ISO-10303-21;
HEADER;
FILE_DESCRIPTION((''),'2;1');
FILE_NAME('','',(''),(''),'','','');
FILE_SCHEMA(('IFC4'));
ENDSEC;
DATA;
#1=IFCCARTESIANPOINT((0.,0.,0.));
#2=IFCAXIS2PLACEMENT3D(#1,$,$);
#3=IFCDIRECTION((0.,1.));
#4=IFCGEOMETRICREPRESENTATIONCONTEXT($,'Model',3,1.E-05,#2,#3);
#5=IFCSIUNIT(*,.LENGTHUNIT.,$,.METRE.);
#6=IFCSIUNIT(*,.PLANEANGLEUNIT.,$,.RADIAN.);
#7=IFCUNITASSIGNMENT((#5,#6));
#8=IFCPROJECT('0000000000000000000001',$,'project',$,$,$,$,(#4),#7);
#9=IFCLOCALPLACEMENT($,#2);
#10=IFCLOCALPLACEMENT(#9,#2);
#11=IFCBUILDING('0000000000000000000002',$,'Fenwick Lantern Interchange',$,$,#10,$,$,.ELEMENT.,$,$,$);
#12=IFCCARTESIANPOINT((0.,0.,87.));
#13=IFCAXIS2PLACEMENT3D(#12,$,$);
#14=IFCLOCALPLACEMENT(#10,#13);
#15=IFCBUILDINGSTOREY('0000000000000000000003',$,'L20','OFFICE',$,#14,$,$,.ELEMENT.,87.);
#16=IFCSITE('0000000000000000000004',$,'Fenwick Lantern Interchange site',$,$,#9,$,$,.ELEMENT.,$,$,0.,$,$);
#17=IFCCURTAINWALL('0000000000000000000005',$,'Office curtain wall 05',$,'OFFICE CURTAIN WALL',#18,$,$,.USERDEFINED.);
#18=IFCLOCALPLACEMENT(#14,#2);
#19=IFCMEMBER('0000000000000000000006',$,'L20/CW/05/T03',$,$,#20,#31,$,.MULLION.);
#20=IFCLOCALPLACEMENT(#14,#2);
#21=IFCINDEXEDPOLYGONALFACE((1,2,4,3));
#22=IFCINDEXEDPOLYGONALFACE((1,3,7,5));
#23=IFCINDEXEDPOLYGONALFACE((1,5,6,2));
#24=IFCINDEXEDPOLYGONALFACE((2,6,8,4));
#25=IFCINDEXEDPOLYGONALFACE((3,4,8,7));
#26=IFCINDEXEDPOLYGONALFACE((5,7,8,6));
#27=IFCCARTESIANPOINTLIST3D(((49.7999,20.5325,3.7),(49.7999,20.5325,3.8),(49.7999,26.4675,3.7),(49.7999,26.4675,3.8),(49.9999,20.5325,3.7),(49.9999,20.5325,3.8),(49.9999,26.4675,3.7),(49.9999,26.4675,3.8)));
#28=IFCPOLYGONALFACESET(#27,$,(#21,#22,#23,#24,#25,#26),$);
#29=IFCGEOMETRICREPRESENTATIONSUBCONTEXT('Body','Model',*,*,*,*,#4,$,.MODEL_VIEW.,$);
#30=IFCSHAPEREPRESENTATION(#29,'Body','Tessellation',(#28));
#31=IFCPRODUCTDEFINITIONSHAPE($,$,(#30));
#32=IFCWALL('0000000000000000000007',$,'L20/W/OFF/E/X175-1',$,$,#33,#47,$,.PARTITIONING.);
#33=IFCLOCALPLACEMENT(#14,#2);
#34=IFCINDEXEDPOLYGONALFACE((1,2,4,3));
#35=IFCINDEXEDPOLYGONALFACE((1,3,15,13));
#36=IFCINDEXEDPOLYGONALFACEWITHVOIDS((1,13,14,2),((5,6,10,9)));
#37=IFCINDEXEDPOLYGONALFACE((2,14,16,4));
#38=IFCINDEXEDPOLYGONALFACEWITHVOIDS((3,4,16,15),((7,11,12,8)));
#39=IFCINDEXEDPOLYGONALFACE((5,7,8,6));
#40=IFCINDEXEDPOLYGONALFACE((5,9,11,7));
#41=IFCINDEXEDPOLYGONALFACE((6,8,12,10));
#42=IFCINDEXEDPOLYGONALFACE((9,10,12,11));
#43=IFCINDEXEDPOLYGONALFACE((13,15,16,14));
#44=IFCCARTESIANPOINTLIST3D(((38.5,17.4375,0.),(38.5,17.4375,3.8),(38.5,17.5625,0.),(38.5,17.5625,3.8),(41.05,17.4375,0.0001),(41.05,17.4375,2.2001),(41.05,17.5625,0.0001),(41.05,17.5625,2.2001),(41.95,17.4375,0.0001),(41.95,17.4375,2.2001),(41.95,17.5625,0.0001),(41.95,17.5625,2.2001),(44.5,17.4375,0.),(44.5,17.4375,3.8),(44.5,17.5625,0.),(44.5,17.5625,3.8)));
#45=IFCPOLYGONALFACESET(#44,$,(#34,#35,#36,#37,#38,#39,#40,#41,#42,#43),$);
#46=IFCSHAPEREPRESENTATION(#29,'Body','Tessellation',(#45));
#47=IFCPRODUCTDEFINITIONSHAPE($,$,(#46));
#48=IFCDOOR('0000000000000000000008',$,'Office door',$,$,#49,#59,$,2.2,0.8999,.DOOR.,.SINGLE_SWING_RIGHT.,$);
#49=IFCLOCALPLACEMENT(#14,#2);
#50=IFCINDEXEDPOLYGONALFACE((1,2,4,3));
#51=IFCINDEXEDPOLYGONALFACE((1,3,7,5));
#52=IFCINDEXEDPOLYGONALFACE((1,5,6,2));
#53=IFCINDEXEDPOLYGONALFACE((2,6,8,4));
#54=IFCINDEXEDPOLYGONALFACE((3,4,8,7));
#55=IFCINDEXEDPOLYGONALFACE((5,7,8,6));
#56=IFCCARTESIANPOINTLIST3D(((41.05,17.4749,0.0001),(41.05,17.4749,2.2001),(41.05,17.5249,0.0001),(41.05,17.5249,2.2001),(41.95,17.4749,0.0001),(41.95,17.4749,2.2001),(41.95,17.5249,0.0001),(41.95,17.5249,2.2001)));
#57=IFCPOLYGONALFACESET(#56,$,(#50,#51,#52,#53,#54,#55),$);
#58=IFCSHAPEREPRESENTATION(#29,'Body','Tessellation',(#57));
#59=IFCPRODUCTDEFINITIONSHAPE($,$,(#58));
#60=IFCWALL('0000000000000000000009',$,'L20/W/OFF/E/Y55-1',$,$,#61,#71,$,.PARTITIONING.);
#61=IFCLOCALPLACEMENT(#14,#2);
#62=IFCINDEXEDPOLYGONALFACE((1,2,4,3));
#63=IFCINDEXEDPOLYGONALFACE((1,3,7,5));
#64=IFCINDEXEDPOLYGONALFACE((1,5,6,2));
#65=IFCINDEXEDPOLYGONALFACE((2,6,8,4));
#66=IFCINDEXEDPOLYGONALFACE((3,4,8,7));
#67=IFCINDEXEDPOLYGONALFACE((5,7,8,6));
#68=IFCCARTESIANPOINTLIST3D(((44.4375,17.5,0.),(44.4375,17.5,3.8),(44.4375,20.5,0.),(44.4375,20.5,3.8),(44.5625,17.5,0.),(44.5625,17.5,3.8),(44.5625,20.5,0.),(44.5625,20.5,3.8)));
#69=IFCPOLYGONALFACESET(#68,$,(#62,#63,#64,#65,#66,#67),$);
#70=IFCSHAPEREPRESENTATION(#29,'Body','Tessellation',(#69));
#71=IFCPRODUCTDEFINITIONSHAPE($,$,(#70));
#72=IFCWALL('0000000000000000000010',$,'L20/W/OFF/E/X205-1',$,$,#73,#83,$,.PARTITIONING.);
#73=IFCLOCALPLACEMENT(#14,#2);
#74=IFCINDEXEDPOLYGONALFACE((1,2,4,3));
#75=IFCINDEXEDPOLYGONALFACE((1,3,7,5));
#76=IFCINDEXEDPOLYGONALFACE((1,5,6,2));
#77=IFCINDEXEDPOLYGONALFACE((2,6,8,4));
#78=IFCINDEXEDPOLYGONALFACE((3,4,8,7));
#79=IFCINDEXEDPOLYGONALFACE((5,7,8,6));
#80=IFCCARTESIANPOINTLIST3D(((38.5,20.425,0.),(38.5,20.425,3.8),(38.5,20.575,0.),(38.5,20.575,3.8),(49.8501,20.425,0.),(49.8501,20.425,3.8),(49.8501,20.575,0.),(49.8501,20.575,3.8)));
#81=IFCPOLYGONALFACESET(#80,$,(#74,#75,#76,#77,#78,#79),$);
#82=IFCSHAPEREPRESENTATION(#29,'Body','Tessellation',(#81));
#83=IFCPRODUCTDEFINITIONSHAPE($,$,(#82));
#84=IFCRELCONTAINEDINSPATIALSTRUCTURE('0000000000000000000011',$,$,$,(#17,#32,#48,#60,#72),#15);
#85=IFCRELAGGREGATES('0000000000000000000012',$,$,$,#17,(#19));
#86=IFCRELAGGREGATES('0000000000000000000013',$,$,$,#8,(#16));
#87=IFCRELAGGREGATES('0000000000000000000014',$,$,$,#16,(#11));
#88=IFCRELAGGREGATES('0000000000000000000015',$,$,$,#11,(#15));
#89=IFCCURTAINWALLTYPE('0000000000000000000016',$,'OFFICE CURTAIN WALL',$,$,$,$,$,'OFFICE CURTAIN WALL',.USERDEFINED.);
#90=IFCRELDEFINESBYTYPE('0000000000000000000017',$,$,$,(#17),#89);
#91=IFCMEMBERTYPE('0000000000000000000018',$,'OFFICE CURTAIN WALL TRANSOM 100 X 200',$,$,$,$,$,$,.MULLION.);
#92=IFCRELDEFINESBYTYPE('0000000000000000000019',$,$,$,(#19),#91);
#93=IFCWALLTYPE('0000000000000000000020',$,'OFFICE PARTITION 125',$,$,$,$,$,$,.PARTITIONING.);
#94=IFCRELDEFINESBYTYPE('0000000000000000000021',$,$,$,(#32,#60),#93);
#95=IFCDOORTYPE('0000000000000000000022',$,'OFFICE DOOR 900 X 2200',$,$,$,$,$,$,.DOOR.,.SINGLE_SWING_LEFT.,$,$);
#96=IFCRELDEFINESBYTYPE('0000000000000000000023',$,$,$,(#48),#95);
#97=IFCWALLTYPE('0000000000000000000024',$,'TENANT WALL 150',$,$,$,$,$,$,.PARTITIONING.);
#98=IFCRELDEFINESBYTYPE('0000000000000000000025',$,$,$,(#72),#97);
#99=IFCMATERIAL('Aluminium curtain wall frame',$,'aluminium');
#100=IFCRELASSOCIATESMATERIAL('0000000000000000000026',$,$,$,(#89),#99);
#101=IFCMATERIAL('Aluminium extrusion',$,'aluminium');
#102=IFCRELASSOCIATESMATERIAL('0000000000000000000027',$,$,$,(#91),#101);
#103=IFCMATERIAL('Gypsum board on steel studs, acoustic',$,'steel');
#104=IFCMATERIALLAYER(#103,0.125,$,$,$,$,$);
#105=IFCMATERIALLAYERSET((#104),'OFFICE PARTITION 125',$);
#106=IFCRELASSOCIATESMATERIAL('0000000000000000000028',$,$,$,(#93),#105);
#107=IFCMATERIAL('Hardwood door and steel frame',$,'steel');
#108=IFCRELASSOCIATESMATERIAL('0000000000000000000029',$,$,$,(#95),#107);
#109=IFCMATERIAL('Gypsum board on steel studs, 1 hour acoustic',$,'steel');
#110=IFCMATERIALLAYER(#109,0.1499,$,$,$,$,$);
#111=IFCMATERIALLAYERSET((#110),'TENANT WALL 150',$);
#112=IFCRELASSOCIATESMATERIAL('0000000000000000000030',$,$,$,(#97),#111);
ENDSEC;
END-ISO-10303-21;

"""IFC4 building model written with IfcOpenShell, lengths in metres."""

from ifc_helpers import new_model, si_unit, direction, frame, frame_2d, origin, origin_2d, place, context, subcontext, project, spatial, rectangle, extrude, material, layer, layer_set, material_profile, profile_set, type_object, element, fill, aggregate, save


model = new_model("IFC4")

# Units and contexts
model_context = context("Model", 3, precision=1e-05, world=origin(), true_north=direction((0.0, 1.0)))
body_context = subcontext(model_context, "Body", "Model", "MODEL_VIEW")
ifc_project = project(units=[si_unit("LENGTHUNIT", "METRE"), si_unit("PLANEANGLEUNIT", "RADIAN")], contexts=[model_context])

# Site, building, storey
site_placement = place(None, origin())
site = spatial("IfcSite", under=ifc_project, at=site_placement, Name="Fenwick Lantern Interchange site", CompositionType="ELEMENT", RefElevation=0.0)
building_placement = place(site_placement, origin())
building = spatial("IfcBuilding", under=site, at=building_placement, Name="Fenwick Lantern Interchange", CompositionType="ELEMENT")
storey_placement = place(building_placement, frame((0.0, 0.0, 87.0)))
storey = spatial("IfcBuildingStorey", under=building, at=storey_placement, Name="L20", Description="OFFICE", CompositionType="ELEMENT", Elevation=87.0)

# Curtain wall, member
ifc_material_1 = material(Name="Aluminium curtain wall frame", Category="aluminium")
curtain_wall_type = type_object("IfcCurtainWallType", Name="OFFICE CURTAIN WALL", ElementType="OFFICE CURTAIN WALL", PredefinedType="USERDEFINED", material=ifc_material_1)
curtain_wall_placement = place(storey_placement, origin())
curtain_wall = element("IfcCurtainWall", 1, at=curtain_wall_placement, inside=storey, type_object=curtain_wall_type, Name="Office curtain wall 05", ObjectType="OFFICE CURTAIN WALL", PredefinedType="USERDEFINED")
ifc_material_2 = material(Name="Aluminium extrusion", Category="aluminium")
ifc_material_profile_1 = material_profile(ifc_material_2, rectangle(XDim=0.2, YDim=0.1001, at=origin_2d()), Name="OFFICE CURTAIN WALL TRANSOM 100 X 200")
ifc_profile_set_1 = profile_set([ifc_material_profile_1], Name="Aluminium extrusion")
member_type_1 = type_object("IfcMemberType", Name="OFFICE CURTAIN WALL TRANSOM 100 X 200", PredefinedType="MULLION", material=ifc_profile_set_1)
member_1_placement = place(storey_placement, frame((49.8999, 20.5325, 3.75), z_axis=(0.0, 1.0, 0.0), x_axis=(-1.0, 0.0, 0.0)))
member_1 = element("IfcMember", 2, at=member_1_placement, type_object=member_type_1, Name="L20/CW/05/T03", PredefinedType="MULLION", context=body_context, shape_type="SweptSolid", body=[
    extrude(rectangle(XDim=0.2, YDim=0.1001, at=origin_2d()), origin(), (0.0, 0.0, 1.0), 5.9351),
])
aggregate(curtain_wall, [member_1])

# Wall, opening, door
ifc_material_3 = material(Name="Gypsum board on steel studs, acoustic", Category="steel")
ifc_layer_1 = layer(ifc_material_3, 0.125)
ifc_layer_set_1 = layer_set([ifc_layer_1], Name="OFFICE PARTITION 125")
wall_type_1 = type_object("IfcWallType", Name="OFFICE PARTITION 125", PredefinedType="PARTITIONING", material=ifc_layer_set_1)
wall_1_placement = place(storey_placement, frame((44.5, 17.5, 0.0), z_axis=(0.0, 0.0, 1.0), x_axis=(-1.0, 0.0, 0.0)))
wall_1 = element("IfcWall", 3, at=wall_1_placement, inside=storey, type_object=wall_type_1, Name="L20/W/OFF/E/X175-1", PredefinedType="PARTITIONING", context=body_context, shape_type="SweptSolid", body=[
    extrude(rectangle(XDim=6.0, YDim=0.125, at=frame_2d((3.0, 0.0))), origin(), (0.0, 0.0, 1.0), 3.8),
])
opening_placement = place(wall_1_placement, frame((2.55, 0.0, 0.0)))
opening = element("IfcOpeningElement", 4, at=opening_placement, cuts=wall_1, PredefinedType="OPENING", context=body_context, shape_type="SweptSolid", body=[
    extrude(rectangle(XDim=0.8999, YDim=2.2, at=frame_2d((0.45, 1.1001))), frame((0.0, 0.0725, 0.0), z_axis=(0.0, -1.0, 0.0), x_axis=(1.0, 0.0, 0.0)), (0.0, 0.0, 1.0), 0.145),
])
ifc_material_4 = material(Name="Hardwood door and steel frame", Category="steel")
door_type = type_object("IfcDoorType", Name="OFFICE DOOR 900 X 2200", OperationType="SINGLE_SWING_LEFT", PredefinedType="DOOR", material=ifc_material_4)
door_placement = place(opening_placement, frame((0.8999, 0.0, 0.0), z_axis=(0.0, 0.0, 1.0), x_axis=(-1.0, 0.0, 0.0)))
door = element("IfcDoor", 5, at=door_placement, inside=storey, type_object=door_type, Name="Office door", OperationType="SINGLE_SWING_RIGHT", OverallHeight=2.2, OverallWidth=0.8999, PredefinedType="DOOR", context=body_context, shape_type="SweptSolid", body=[
    extrude(rectangle(XDim=0.8999, YDim=2.2, at=frame_2d((0.45, 1.1001))), frame((0.0, 0.0249, 0.0), z_axis=(0.0, -1.0, 0.0), x_axis=(1.0, 0.0, 0.0)), (0.0, 0.0, 1.0), 0.05),
])
fill(opening, door)

# Walls
wall_2_placement = place(storey_placement, frame((44.5, 17.5, 0.0), z_axis=(0.0, 0.0, 1.0), x_axis=(0.0, 1.0, 0.0)))
element("IfcWall", 6, at=wall_2_placement, inside=storey, type_object=wall_type_1, Name="L20/W/OFF/E/Y55-1", PredefinedType="PARTITIONING", context=body_context, shape_type="SweptSolid", body=[
    extrude(rectangle(XDim=3.0, YDim=0.125, at=frame_2d((1.5, 0.0))), origin(), (0.0, 0.0, 1.0), 3.8),
])
ifc_material_5 = material(Name="Gypsum board on steel studs, 1 hour acoustic", Category="steel")
ifc_layer_2 = layer(ifc_material_5, 0.1499)
ifc_layer_set_2 = layer_set([ifc_layer_2], Name="TENANT WALL 150")
wall_type_2 = type_object("IfcWallType", Name="TENANT WALL 150", PredefinedType="PARTITIONING", material=ifc_layer_set_2)
wall_3_placement = place(storey_placement, frame((49.8501, 20.5, 0.0), z_axis=(0.0, 0.0, 1.0), x_axis=(-1.0, 0.0, 0.0)))
element("IfcWall", 7, at=wall_3_placement, inside=storey, type_object=wall_type_2, Name="L20/W/OFF/E/X205-1", PredefinedType="PARTITIONING", context=body_context, shape_type="SweptSolid", body=[
    extrude(rectangle(XDim=11.3501, YDim=0.1499, at=frame_2d((5.675, 0.0))), origin(), (0.0, 0.0, 1.0), 3.8),
])

save(model, "model.ifc")
